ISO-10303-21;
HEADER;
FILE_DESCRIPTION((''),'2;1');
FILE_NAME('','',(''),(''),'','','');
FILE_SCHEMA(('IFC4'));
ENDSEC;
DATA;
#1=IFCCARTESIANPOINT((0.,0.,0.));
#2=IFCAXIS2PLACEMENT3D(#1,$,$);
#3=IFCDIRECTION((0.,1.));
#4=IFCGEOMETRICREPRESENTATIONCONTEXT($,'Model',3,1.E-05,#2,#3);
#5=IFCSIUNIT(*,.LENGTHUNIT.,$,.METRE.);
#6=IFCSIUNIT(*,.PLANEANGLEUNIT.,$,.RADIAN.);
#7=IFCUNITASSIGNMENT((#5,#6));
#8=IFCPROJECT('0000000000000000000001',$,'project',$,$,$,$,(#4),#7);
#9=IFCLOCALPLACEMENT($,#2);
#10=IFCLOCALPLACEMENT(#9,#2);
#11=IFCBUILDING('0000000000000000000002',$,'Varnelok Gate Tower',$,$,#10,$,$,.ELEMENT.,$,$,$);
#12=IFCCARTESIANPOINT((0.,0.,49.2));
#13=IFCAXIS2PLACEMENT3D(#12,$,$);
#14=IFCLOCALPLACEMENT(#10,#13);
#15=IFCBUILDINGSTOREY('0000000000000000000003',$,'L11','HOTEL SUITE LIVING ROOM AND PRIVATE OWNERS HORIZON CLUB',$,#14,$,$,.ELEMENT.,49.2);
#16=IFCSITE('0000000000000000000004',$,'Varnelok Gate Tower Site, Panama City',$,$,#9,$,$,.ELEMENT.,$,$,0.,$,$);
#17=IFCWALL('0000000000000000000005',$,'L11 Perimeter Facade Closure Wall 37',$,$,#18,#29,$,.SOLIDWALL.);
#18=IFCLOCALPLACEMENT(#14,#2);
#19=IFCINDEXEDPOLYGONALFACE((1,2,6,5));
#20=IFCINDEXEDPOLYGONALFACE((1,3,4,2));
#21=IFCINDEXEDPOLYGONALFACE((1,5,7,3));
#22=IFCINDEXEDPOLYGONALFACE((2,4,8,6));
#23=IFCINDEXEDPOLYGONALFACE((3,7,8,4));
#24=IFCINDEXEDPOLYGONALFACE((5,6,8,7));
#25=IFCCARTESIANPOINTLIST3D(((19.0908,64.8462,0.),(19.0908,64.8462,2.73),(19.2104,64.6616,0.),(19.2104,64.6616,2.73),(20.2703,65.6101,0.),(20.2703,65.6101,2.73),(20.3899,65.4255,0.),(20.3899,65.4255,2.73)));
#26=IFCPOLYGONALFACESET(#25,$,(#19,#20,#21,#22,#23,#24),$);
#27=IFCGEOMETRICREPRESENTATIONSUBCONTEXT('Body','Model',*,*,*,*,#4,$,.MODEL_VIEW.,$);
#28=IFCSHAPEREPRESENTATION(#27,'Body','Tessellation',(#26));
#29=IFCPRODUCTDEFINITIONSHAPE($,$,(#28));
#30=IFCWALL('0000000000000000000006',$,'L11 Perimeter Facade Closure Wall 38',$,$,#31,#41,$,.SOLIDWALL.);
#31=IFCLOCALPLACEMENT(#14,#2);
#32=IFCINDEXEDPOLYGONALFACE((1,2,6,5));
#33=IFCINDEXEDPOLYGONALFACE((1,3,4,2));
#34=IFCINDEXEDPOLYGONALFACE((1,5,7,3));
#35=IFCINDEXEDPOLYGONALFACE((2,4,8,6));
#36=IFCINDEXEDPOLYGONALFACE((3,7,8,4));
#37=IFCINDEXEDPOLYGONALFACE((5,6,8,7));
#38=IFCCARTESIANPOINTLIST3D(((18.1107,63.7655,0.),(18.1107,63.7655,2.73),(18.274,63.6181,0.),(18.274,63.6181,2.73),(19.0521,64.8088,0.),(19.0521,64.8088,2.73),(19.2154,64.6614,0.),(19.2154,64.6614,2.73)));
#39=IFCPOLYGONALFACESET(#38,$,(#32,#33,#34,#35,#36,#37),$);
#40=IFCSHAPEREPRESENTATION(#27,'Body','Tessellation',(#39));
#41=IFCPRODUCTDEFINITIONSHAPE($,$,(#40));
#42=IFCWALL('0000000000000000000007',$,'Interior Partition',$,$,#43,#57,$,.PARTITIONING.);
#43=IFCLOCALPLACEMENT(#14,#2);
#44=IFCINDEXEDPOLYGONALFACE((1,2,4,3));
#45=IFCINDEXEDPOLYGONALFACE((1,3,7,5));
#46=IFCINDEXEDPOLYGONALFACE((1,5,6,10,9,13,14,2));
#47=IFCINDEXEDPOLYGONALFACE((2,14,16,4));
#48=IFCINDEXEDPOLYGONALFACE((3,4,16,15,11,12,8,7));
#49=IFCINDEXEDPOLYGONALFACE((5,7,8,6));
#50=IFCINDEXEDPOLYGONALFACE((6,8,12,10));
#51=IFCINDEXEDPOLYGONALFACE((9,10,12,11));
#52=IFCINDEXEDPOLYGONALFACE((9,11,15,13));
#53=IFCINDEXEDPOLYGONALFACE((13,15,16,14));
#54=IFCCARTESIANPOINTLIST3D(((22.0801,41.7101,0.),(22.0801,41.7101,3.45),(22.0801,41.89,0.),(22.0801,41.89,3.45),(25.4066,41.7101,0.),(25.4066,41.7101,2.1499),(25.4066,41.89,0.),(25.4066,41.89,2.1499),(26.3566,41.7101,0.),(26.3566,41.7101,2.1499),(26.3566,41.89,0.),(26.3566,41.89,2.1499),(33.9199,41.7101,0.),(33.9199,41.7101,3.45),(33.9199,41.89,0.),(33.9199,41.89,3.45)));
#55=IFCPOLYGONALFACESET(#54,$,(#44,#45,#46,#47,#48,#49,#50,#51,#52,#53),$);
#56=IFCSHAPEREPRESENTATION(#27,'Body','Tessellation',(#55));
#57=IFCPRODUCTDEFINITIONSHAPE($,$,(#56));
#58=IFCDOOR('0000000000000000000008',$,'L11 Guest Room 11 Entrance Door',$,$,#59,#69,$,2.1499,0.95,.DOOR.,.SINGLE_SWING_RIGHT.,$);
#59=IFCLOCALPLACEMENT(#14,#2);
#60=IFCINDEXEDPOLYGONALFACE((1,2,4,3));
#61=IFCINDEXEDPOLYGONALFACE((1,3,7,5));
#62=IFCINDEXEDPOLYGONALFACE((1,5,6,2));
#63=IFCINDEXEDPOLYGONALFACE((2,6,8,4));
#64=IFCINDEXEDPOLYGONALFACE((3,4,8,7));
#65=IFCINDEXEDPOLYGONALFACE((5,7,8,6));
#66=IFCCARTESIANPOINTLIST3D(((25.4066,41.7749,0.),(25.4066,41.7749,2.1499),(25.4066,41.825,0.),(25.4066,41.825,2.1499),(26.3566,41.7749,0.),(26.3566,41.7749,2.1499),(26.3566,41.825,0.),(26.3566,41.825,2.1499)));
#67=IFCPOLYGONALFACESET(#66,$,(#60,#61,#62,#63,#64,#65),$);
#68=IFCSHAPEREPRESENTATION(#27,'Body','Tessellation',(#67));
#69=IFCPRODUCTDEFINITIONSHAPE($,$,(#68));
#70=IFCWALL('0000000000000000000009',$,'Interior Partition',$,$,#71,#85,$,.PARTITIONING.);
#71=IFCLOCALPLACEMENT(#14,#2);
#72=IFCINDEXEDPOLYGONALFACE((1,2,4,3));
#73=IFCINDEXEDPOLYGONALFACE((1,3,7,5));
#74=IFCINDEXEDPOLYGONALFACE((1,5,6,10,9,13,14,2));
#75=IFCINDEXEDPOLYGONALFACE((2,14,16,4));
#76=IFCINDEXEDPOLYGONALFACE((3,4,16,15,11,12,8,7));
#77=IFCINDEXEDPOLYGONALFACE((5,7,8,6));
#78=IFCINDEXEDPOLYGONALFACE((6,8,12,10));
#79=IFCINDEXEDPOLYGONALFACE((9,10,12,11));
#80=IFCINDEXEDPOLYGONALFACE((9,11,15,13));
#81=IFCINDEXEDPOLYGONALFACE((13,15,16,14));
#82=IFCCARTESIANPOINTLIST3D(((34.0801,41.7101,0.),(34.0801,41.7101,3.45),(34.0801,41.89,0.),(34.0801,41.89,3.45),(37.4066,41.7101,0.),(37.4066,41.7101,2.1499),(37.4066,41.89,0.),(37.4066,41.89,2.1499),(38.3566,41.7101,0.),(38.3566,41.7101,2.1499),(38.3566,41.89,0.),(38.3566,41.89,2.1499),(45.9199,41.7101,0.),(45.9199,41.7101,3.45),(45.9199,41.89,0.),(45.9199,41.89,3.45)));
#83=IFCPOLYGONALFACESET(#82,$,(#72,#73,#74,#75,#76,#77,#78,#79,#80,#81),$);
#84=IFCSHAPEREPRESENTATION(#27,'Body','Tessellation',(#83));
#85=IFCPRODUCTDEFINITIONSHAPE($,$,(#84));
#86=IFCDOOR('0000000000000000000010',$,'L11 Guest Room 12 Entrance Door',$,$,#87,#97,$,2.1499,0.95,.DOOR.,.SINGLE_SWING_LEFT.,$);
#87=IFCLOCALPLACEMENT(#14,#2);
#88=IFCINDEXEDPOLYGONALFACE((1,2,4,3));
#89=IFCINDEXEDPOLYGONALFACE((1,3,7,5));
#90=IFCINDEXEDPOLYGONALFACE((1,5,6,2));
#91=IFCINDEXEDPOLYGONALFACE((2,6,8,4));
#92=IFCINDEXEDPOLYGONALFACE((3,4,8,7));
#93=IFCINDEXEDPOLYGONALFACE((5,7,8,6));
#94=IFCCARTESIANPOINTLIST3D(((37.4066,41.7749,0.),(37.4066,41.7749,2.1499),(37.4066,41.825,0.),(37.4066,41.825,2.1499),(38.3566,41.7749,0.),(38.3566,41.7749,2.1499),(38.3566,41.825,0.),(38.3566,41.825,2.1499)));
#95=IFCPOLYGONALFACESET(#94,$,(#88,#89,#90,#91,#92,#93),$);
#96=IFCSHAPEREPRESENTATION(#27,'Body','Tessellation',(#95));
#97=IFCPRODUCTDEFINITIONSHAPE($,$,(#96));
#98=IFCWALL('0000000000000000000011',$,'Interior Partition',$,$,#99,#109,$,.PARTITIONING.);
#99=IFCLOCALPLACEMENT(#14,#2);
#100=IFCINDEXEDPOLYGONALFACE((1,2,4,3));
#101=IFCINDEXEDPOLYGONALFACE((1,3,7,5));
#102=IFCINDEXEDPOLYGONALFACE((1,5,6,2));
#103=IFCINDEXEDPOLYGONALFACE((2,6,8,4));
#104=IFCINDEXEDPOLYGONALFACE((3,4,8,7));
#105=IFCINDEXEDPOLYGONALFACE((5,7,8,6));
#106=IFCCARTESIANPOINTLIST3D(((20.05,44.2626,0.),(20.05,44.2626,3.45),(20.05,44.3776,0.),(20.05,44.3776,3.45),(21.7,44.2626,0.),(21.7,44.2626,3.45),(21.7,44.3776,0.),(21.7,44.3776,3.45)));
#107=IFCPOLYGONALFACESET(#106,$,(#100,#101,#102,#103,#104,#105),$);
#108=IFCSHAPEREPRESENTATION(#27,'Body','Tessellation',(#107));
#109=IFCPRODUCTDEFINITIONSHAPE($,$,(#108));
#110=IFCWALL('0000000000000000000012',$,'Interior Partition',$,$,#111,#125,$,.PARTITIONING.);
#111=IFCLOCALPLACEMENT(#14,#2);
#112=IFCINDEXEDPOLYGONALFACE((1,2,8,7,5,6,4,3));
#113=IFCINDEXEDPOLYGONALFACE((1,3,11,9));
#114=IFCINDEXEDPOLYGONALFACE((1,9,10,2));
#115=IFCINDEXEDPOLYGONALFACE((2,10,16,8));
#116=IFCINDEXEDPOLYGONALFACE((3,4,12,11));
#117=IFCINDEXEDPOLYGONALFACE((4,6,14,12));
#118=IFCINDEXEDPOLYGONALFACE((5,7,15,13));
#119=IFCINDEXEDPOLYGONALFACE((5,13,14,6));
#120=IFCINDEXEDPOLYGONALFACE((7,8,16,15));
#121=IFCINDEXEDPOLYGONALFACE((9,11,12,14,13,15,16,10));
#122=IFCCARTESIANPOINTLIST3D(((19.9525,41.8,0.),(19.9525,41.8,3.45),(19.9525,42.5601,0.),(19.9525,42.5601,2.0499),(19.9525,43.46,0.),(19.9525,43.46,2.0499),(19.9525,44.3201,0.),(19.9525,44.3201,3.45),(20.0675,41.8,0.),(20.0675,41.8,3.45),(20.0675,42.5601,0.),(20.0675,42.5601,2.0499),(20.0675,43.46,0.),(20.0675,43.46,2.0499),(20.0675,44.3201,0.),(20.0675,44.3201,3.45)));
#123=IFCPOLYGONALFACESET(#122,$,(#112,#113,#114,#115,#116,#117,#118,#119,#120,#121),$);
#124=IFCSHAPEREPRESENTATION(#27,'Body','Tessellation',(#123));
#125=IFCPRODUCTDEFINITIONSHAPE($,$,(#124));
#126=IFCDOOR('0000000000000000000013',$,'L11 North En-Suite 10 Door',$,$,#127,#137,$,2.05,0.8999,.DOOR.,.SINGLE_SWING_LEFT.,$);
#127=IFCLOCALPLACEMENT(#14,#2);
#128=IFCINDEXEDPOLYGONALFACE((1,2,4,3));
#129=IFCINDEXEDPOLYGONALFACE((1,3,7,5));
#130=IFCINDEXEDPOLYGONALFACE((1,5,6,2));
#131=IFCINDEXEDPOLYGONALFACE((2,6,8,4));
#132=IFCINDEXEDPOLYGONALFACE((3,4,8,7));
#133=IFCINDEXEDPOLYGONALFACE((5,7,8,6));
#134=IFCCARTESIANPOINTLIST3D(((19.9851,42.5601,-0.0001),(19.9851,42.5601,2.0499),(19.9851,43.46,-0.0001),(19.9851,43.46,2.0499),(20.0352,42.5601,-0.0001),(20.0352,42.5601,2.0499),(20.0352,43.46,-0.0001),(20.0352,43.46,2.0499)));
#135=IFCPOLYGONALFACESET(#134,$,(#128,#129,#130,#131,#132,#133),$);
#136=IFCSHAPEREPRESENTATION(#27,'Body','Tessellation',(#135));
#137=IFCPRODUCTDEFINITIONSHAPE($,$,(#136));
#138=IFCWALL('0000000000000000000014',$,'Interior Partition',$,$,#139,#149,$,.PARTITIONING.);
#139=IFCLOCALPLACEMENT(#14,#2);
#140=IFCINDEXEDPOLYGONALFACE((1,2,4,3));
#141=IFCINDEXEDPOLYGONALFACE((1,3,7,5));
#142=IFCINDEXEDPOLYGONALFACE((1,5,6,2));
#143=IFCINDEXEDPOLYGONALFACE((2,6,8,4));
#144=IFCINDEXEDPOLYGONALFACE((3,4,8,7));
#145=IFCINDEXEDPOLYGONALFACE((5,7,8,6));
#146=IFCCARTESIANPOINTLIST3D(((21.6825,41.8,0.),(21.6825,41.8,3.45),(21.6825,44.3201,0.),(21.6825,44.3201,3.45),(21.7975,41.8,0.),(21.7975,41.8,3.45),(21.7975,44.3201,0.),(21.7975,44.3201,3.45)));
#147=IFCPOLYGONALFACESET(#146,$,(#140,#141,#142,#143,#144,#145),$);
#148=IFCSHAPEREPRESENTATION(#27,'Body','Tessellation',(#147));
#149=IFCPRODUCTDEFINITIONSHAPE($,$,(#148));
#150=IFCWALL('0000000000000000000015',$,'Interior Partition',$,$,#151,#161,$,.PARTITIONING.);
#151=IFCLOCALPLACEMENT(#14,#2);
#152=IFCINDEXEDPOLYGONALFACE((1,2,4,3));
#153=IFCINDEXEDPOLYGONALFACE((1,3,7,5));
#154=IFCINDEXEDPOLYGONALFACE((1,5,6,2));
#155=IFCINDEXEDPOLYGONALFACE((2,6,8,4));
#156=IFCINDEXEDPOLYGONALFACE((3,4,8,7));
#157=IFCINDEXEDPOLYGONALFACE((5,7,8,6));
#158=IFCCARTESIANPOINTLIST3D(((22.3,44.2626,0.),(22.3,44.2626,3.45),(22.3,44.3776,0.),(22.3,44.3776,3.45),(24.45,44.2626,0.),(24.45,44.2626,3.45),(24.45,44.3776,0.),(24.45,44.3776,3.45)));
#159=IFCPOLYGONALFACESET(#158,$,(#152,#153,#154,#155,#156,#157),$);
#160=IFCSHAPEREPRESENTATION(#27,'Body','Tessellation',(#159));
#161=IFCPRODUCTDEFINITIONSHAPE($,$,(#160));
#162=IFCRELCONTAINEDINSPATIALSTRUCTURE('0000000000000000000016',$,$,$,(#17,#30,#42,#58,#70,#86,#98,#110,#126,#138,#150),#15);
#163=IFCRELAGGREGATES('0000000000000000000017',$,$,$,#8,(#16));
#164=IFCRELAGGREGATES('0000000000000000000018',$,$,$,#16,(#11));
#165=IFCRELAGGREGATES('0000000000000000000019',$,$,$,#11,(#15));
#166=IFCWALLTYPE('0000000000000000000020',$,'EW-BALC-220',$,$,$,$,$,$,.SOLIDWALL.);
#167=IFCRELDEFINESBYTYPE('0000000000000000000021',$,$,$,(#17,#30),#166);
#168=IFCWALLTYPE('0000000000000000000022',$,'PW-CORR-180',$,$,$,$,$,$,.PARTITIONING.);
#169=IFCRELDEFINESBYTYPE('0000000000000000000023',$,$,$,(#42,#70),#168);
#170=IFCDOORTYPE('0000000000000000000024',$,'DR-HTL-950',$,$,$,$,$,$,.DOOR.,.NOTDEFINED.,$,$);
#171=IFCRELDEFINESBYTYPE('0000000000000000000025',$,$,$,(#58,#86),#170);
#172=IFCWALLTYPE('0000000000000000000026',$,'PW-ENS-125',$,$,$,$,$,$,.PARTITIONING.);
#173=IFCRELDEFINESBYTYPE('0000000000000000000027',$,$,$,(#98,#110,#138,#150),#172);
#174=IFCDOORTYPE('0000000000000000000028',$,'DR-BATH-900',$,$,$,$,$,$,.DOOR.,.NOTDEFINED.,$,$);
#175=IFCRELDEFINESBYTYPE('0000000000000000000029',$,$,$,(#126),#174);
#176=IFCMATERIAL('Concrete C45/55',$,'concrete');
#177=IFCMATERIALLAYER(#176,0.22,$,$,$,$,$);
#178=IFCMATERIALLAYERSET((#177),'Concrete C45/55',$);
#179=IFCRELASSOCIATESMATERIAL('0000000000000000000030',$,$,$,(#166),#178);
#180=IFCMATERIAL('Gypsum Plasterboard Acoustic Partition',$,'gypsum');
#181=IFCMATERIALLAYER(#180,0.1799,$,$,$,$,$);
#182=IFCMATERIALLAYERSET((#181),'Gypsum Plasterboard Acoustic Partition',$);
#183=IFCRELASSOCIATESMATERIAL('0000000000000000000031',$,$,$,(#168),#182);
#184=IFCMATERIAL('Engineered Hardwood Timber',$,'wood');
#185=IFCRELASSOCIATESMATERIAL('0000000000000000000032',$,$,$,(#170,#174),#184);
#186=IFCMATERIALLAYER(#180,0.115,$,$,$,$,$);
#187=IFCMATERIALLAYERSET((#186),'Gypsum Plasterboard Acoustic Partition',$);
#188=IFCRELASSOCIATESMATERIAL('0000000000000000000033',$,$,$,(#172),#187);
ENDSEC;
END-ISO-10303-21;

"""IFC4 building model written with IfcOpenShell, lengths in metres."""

from ifc_helpers import new_model, si_unit, direction, frame, frame_2d, origin, place, context, subcontext, project, spatial, rectangle, extrude, material, layer, layer_set, type_object, element, fill, save


model = new_model("IFC4")

# Units and contexts
model_context = context("Model", 3, precision=1e-05, world=origin(), true_north=direction((0.0, 1.0)))
body_context = subcontext(model_context, "Body", "Model", "MODEL_VIEW")
ifc_project = project(units=[si_unit("LENGTHUNIT", "METRE"), si_unit("PLANEANGLEUNIT", "RADIAN")], contexts=[model_context])

# Site, building, storey
site_placement = place(None, origin())
site = spatial("IfcSite", under=ifc_project, at=site_placement, Name="Varnelok Gate Tower Site, Panama City", CompositionType="ELEMENT", RefElevation=0.0)
building_placement = place(site_placement, origin())
building = spatial("IfcBuilding", under=site, at=building_placement, Name="Varnelok Gate Tower", CompositionType="ELEMENT")
storey_placement = place(building_placement, frame((0.0, 0.0, 49.2)))
storey = spatial("IfcBuildingStorey", under=building, at=storey_placement, Name="L11", Description="HOTEL SUITE LIVING ROOM AND PRIVATE OWNERS HORIZON CLUB", CompositionType="ELEMENT", Elevation=49.2)

# Walls
ifc_material_1 = material(Name="Concrete C45/55", Category="concrete")
ifc_layer_1 = layer(ifc_material_1, 0.22)
ifc_layer_set_1 = layer_set([ifc_layer_1], Name="Concrete C45/55")
wall_type_1 = type_object("IfcWallType", Name="EW-BALC-220", PredefinedType="SOLIDWALL", material=ifc_layer_set_1)
for number, where, z_axis, x_axis, name in (
    (1, (20.3301, 65.5178, 0.0), (0.0, 0.0, 1.0), (-0.839328, -0.543626, 0.0), "L11 Perimeter Facade Closure Wall 37"),
    (2, (19.1338, 64.7351, 0.0), (0.0, 0.0, 1.0), (-0.669953, -0.742404, 0.0), "L11 Perimeter Facade Closure Wall 38"),
):
    element("IfcWall", number, at=place(storey_placement, frame(where, z_axis=z_axis, x_axis=x_axis)), inside=storey, type_object=wall_type_1, Name=name, PredefinedType="SOLIDWALL", context=body_context, shape_type="SweptSolid", body=[
        extrude(rectangle(XDim=1.4053, YDim=0.22, at=frame_2d((0.7026, 0.0))), origin(), (0.0, 0.0, 1.0), 2.73),
    ])

# Walls, openings, doors
ifc_material_2 = material(Name="Gypsum Plasterboard Acoustic Partition", Category="gypsum")
ifc_layer_2 = layer(ifc_material_2, 0.1799)
ifc_layer_set_2 = layer_set([ifc_layer_2], Name="Gypsum Plasterboard Acoustic Partition")
wall_type_2 = type_object("IfcWallType", Name="PW-CORR-180", PredefinedType="PARTITIONING", material=ifc_layer_set_2)
wall_1_placement = place(storey_placement, frame((22.0801, 41.8, 0.0), z_axis=(0.0, 0.0, 1.0), x_axis=(1.0, 0.0, 0.0)))
wall_1 = element("IfcWall", 3, at=wall_1_placement, inside=storey, type_object=wall_type_2, Name="Interior Partition", PredefinedType="PARTITIONING", context=body_context, shape_type="SweptSolid", body=[
    extrude(rectangle(XDim=11.8398, YDim=0.1799, at=frame_2d((5.9199, 0.0))), origin(), (0.0, 0.0, 1.0), 3.45),
])
opening_1_placement = place(wall_1_placement, frame((3.3264, 0.0, 0.0)))
opening_1 = element("IfcOpeningElement", 4, at=opening_1_placement, cuts=wall_1, PredefinedType="OPENING", context=body_context, shape_type="SweptSolid", body=[
    extrude(rectangle(XDim=0.95, YDim=2.1499, at=frame_2d((0.4751, 1.075))), frame((0.0, 0.0999, 0.0), z_axis=(0.0, -1.0, 0.0), x_axis=(1.0, 0.0, 0.0)), (0.0, 0.0, 1.0), 0.2),
])
ifc_material_3 = material(Name="Engineered Hardwood Timber", Category="wood")
door_type_1 = type_object("IfcDoorType", Name="DR-HTL-950", OperationType="NOTDEFINED", PredefinedType="DOOR", material=ifc_material_3)
door_1_placement = place(opening_1_placement, origin())
door_1 = element("IfcDoor", 5, at=door_1_placement, inside=storey, type_object=door_type_1, Name="L11 Guest Room 11 Entrance Door", OperationType="SINGLE_SWING_RIGHT", OverallHeight=2.1499, OverallWidth=0.95, PredefinedType="DOOR", context=body_context, shape_type="SweptSolid", body=[
    extrude(rectangle(XDim=0.95, YDim=2.1499, at=frame_2d((0.4751, 1.075))), frame((0.0, 0.0249, 0.0), z_axis=(0.0, -1.0, 0.0), x_axis=(1.0, 0.0, 0.0)), (0.0, 0.0, 1.0), 0.05),
])
fill(opening_1, door_1)
wall_2_placement = place(storey_placement, frame((34.0801, 41.8, 0.0), z_axis=(0.0, 0.0, 1.0), x_axis=(1.0, 0.0, 0.0)))
wall_2 = element("IfcWall", 6, at=wall_2_placement, inside=storey, type_object=wall_type_2, Name="Interior Partition", PredefinedType="PARTITIONING", context=body_context, shape_type="SweptSolid", body=[
    extrude(rectangle(XDim=11.8398, YDim=0.1799, at=frame_2d((5.9199, 0.0))), origin(), (0.0, 0.0, 1.0), 3.45),
])
opening_2_placement = place(wall_2_placement, frame((3.3264, 0.0, 0.0)))
opening_2 = element("IfcOpeningElement", 7, at=opening_2_placement, cuts=wall_2, PredefinedType="OPENING", context=body_context, shape_type="SweptSolid", body=[
    extrude(rectangle(XDim=0.95, YDim=2.1499, at=frame_2d((0.4751, 1.075))), frame((0.0, 0.0999, 0.0), z_axis=(0.0, -1.0, 0.0), x_axis=(1.0, 0.0, 0.0)), (0.0, 0.0, 1.0), 0.2),
])
door_2_placement = place(opening_2_placement, origin())
door_2 = element("IfcDoor", 8, at=door_2_placement, inside=storey, type_object=door_type_1, Name="L11 Guest Room 12 Entrance Door", OperationType="SINGLE_SWING_LEFT", OverallHeight=2.1499, OverallWidth=0.95, PredefinedType="DOOR", context=body_context, shape_type="SweptSolid", body=[
    extrude(rectangle(XDim=0.95, YDim=2.1499, at=frame_2d((0.4751, 1.075))), frame((0.0, 0.0249, 0.0), z_axis=(0.0, -1.0, 0.0), x_axis=(1.0, 0.0, 0.0)), (0.0, 0.0, 1.0), 0.05),
])
fill(opening_2, door_2)

# Wall
ifc_layer_3 = layer(ifc_material_2, 0.115)
ifc_layer_set_3 = layer_set([ifc_layer_3], Name="Gypsum Plasterboard Acoustic Partition")
wall_type_3 = type_object("IfcWallType", Name="PW-ENS-125", PredefinedType="PARTITIONING", material=ifc_layer_set_3)
wall_3_placement = place(storey_placement, frame((20.05, 44.3201, 0.0), z_axis=(0.0, 0.0, 1.0), x_axis=(1.0, 0.0, 0.0)))
element("IfcWall", 9, at=wall_3_placement, inside=storey, type_object=wall_type_3, Name="Interior Partition", PredefinedType="PARTITIONING", context=body_context, shape_type="SweptSolid", body=[
    extrude(rectangle(XDim=1.6499, YDim=0.115, at=frame_2d((0.825, 0.0))), origin(), (0.0, 0.0, 1.0), 3.45),
])

# Wall, opening, door
wall_4_placement = place(storey_placement, frame((20.01, 41.8, 0.0), z_axis=(0.0, 0.0, 1.0), x_axis=(0.0, 1.0, 0.0)))
wall_4 = element("IfcWall", 10, at=wall_4_placement, inside=storey, type_object=wall_type_3, Name="Interior Partition", PredefinedType="PARTITIONING", context=body_context, shape_type="SweptSolid", body=[
    extrude(rectangle(XDim=2.52, YDim=0.115, at=frame_2d((1.26, 0.0))), origin(), (0.0, 0.0, 1.0), 3.45),
])
opening_3_placement = place(wall_4_placement, frame((0.76, 0.0, 0.0)))
opening_3 = element("IfcOpeningElement", 11, at=opening_3_placement, cuts=wall_4, PredefinedType="OPENING", context=body_context, shape_type="SweptSolid", body=[
    extrude(rectangle(XDim=0.8999, YDim=2.05, at=frame_2d((0.45, 1.0249))), frame((0.0, 0.0674, 0.0), z_axis=(0.0, -1.0, 0.0), x_axis=(1.0, 0.0, 0.0)), (0.0, 0.0, 1.0), 0.135),
])
door_type_2 = type_object("IfcDoorType", Name="DR-BATH-900", OperationType="NOTDEFINED", PredefinedType="DOOR", material=ifc_material_3)
door_3_placement = place(opening_3_placement, origin())
door_3 = element("IfcDoor", 12, at=door_3_placement, inside=storey, type_object=door_type_2, Name="L11 North En-Suite 10 Door", OperationType="SINGLE_SWING_LEFT", OverallHeight=2.05, OverallWidth=0.8999, PredefinedType="DOOR", context=body_context, shape_type="SweptSolid", body=[
    extrude(rectangle(XDim=0.8999, YDim=2.05, at=frame_2d((0.45, 1.0249))), frame((0.0, 0.0249, 0.0), z_axis=(0.0, -1.0, 0.0), x_axis=(1.0, 0.0, 0.0)), (0.0, 0.0, 1.0), 0.05),
])
fill(opening_3, door_3)

# Walls
wall_5_placement = place(storey_placement, frame((21.74, 41.8, 0.0), z_axis=(0.0, 0.0, 1.0), x_axis=(0.0, 1.0, 0.0)))
element("IfcWall", 13, at=wall_5_placement, inside=storey, type_object=wall_type_3, Name="Interior Partition", PredefinedType="PARTITIONING", context=body_context, shape_type="SweptSolid", body=[
    extrude(rectangle(XDim=2.52, YDim=0.115, at=frame_2d((1.26, 0.0))), origin(), (0.0, 0.0, 1.0), 3.45),
])
wall_6_placement = place(storey_placement, frame((22.3, 44.3201, 0.0), z_axis=(0.0, 0.0, 1.0), x_axis=(1.0, 0.0, 0.0)))
element("IfcWall", 14, at=wall_6_placement, inside=storey, type_object=wall_type_3, Name="Interior Partition", PredefinedType="PARTITIONING", context=body_context, shape_type="SweptSolid", body=[
    extrude(rectangle(XDim=2.1499, YDim=0.115, at=frame_2d((1.075, 0.0))), origin(), (0.0, 0.0, 1.0), 3.45),
])

save(model, "model.ifc")
